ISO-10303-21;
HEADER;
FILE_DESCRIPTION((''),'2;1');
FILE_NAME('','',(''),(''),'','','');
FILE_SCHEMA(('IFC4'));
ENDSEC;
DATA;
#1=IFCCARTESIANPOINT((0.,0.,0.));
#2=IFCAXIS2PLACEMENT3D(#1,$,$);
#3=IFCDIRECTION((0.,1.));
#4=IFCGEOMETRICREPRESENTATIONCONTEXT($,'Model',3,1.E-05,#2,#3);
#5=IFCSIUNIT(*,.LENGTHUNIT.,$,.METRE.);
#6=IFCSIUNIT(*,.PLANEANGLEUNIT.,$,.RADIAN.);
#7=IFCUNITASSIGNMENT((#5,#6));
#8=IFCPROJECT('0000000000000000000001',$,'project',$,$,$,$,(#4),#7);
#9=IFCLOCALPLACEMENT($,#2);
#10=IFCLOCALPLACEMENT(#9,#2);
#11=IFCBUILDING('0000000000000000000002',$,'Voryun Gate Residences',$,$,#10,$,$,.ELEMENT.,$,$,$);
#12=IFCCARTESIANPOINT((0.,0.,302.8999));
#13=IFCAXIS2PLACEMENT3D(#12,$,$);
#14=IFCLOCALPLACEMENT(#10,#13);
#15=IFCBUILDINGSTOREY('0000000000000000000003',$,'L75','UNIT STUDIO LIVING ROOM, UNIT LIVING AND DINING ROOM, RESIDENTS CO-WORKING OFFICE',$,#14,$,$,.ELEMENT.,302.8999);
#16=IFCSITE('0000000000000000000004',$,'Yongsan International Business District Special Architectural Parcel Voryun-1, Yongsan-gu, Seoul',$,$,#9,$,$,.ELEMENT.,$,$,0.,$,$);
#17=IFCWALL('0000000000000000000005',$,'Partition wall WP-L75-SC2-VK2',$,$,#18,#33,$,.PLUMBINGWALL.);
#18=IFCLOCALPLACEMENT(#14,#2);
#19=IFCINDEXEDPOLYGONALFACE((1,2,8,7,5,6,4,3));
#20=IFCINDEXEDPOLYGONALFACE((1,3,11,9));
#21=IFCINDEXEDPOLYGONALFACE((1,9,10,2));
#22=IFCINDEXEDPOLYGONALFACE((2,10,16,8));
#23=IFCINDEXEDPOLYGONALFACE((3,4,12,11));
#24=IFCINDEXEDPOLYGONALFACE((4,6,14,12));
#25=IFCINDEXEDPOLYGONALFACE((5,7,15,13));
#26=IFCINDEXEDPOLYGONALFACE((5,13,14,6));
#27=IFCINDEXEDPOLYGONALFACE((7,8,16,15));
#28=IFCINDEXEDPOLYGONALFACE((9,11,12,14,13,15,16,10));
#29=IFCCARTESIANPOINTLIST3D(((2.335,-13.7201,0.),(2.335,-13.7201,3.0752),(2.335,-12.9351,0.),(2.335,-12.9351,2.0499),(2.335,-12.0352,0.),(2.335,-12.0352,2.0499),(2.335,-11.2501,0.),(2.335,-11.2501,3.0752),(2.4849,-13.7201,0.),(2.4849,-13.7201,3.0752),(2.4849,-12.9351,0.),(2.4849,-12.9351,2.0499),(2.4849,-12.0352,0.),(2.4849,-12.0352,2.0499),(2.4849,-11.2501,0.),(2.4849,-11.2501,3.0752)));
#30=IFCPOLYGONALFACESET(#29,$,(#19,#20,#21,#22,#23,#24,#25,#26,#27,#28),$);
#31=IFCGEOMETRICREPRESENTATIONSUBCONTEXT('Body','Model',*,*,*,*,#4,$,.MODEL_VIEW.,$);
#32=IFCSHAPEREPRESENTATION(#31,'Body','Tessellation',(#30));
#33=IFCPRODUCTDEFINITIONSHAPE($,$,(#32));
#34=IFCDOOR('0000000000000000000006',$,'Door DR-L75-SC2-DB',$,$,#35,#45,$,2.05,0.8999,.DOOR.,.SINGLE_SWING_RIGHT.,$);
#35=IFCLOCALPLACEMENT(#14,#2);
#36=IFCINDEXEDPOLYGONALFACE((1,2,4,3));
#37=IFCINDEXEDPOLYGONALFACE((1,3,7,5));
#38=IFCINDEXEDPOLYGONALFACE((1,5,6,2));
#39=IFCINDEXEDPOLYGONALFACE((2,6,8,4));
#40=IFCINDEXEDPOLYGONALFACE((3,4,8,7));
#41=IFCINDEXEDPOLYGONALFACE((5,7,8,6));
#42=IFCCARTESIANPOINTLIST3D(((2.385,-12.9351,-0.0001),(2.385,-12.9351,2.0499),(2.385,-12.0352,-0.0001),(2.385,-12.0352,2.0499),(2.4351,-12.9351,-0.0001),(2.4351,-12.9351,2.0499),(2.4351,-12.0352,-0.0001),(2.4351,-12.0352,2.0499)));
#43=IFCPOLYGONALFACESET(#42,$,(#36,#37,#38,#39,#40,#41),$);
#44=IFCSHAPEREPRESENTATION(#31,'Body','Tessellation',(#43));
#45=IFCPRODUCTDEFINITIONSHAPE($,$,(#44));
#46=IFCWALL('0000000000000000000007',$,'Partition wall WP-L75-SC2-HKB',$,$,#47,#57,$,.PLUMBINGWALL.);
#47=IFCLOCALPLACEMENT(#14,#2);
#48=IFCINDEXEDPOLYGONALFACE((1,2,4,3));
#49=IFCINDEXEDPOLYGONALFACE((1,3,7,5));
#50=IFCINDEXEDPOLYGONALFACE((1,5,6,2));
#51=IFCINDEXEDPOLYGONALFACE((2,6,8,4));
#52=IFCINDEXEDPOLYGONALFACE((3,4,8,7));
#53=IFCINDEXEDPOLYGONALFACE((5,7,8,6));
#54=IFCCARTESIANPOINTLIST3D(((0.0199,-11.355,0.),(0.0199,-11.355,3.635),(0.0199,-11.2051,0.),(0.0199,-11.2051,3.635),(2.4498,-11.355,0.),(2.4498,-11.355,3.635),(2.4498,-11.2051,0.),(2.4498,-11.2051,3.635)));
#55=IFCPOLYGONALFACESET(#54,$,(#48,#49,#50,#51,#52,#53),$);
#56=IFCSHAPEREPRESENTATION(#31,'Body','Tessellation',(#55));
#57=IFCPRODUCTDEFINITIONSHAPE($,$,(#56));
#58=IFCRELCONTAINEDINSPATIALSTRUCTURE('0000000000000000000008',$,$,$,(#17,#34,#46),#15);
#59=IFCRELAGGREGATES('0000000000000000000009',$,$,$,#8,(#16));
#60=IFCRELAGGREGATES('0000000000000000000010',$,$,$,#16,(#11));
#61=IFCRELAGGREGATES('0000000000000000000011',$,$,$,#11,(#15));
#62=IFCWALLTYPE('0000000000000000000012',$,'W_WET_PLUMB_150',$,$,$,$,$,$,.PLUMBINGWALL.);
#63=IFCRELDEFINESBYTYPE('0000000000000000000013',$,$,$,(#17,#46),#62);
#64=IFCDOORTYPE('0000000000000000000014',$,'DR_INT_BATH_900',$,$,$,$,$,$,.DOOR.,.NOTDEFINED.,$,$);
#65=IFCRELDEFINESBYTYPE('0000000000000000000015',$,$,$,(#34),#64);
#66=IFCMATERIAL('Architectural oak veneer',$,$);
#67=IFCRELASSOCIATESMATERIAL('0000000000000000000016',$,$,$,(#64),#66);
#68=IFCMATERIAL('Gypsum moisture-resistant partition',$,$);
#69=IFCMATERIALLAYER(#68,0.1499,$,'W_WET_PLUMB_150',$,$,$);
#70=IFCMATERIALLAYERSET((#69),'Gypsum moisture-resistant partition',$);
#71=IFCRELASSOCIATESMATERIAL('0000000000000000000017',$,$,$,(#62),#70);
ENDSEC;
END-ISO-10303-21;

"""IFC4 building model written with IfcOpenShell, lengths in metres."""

from ifc_helpers import new_model, si_unit, direction, frame, frame_2d, origin, place, context, subcontext, project, spatial, rectangle, extrude, material, layer, layer_set, type_object, element, fill, save


model = new_model("IFC4")

# Units and contexts
model_context = context("Model", 3, precision=1e-05, world=origin(), true_north=direction((0.0, 1.0)))
body_context = subcontext(model_context, "Body", "Model", "MODEL_VIEW")
ifc_project = project(units=[si_unit("LENGTHUNIT", "METRE"), si_unit("PLANEANGLEUNIT", "RADIAN")], contexts=[model_context])

# Site, building, storey
site_placement = place(None, origin())
site = spatial("IfcSite", under=ifc_project, at=site_placement, Name="Yongsan International Business District Special Architectural Parcel Voryun-1, Yongsan-gu, Seoul", CompositionType="ELEMENT", RefElevation=0.0)
building_placement = place(site_placement, origin())
building = spatial("IfcBuilding", under=site, at=building_placement, Name="Voryun Gate Residences", CompositionType="ELEMENT")
storey_placement = place(building_placement, frame((0.0, 0.0, 302.8999)))
storey = spatial("IfcBuildingStorey", under=building, at=storey_placement, Name="L75", Description="UNIT STUDIO LIVING ROOM, UNIT LIVING AND DINING ROOM, RESIDENTS CO-WORKING OFFICE", CompositionType="ELEMENT", Elevation=302.8999)

# Shared definitions
ifc_material_1 = material(Name="Architectural oak veneer")
door_type_1 = type_object("IfcDoorType", Name="DR_INT_BATH_900", OperationType="NOTDEFINED", PredefinedType="DOOR", material=ifc_material_1)

# Shared definitions
ifc_material_2 = material(Name="Gypsum moisture-resistant partition")
ifc_layer_1 = layer(ifc_material_2, 0.1499, Name="W_WET_PLUMB_150")
ifc_layer_set_1 = layer_set([ifc_layer_1], Name="Gypsum moisture-resistant partition")
wall_type_1 = type_object("IfcWallType", Name="W_WET_PLUMB_150", PredefinedType="PLUMBINGWALL", material=ifc_layer_set_1)

# Wall, opening, door
wall_1_placement = place(storey_placement, frame((2.4099, -13.72, 0.0), z_axis=(0.0, 0.0, 1.0), x_axis=(0.0, 1.0, 0.0)))
wall_1 = element("IfcWall", 1, at=wall_1_placement, inside=storey, type_object=wall_type_1, Name="Partition wall WP-L75-SC2-VK2", PredefinedType="PLUMBINGWALL", context=body_context, shape_type="SweptSolid", body=[
    extrude(rectangle(XDim=2.47, YDim=0.1499, at=frame_2d((1.2349, 0.0))), origin(), (0.0, 0.0, 1.0), 3.0752),
])
opening_1_placement = place(wall_1_placement, frame((0.7849, 0.0, 0.0)))
opening_1 = element("IfcOpeningElement", 2, at=opening_1_placement, cuts=wall_1, PredefinedType="OPENING", context=body_context, shape_type="SweptSolid", body=[
    extrude(rectangle(XDim=0.8999, YDim=2.05, at=frame_2d((0.45, 1.0249))), frame((0.0, 0.085, 0.0), z_axis=(0.0, -1.0, 0.0), x_axis=(1.0, 0.0, 0.0)), (0.0, 0.0, 1.0), 0.1699),
])
door_1_placement = place(opening_1_placement, origin())
door_1 = element("IfcDoor", 3, at=door_1_placement, inside=storey, type_object=door_type_1, Name="Door DR-L75-SC2-DB", OperationType="SINGLE_SWING_RIGHT", OverallHeight=2.05, OverallWidth=0.8999, PredefinedType="DOOR", context=body_context, shape_type="SweptSolid", body=[
    extrude(rectangle(XDim=0.8999, YDim=2.05, at=frame_2d((0.45, 1.0249))), frame((0.0, 0.0249, 0.0), z_axis=(0.0, -1.0, 0.0), x_axis=(1.0, 0.0, 0.0)), (0.0, 0.0, 1.0), 0.05),
])
fill(opening_1, door_1)

# Wall
wall_2_placement = place(storey_placement, frame((0.02, -11.28, 0.0), z_axis=(0.0, 0.0, 1.0), x_axis=(1.0, 0.0, 0.0)))
element("IfcWall", 4, at=wall_2_placement, inside=storey, type_object=wall_type_1, Name="Partition wall WP-L75-SC2-HKB", PredefinedType="PLUMBINGWALL", context=body_context, shape_type="SweptSolid", body=[
    extrude(rectangle(XDim=2.4299, YDim=0.1499, at=frame_2d((1.2148, 0.0))), origin(), (0.0, 0.0, 1.0), 3.635),
])

save(model, "model.ifc")
